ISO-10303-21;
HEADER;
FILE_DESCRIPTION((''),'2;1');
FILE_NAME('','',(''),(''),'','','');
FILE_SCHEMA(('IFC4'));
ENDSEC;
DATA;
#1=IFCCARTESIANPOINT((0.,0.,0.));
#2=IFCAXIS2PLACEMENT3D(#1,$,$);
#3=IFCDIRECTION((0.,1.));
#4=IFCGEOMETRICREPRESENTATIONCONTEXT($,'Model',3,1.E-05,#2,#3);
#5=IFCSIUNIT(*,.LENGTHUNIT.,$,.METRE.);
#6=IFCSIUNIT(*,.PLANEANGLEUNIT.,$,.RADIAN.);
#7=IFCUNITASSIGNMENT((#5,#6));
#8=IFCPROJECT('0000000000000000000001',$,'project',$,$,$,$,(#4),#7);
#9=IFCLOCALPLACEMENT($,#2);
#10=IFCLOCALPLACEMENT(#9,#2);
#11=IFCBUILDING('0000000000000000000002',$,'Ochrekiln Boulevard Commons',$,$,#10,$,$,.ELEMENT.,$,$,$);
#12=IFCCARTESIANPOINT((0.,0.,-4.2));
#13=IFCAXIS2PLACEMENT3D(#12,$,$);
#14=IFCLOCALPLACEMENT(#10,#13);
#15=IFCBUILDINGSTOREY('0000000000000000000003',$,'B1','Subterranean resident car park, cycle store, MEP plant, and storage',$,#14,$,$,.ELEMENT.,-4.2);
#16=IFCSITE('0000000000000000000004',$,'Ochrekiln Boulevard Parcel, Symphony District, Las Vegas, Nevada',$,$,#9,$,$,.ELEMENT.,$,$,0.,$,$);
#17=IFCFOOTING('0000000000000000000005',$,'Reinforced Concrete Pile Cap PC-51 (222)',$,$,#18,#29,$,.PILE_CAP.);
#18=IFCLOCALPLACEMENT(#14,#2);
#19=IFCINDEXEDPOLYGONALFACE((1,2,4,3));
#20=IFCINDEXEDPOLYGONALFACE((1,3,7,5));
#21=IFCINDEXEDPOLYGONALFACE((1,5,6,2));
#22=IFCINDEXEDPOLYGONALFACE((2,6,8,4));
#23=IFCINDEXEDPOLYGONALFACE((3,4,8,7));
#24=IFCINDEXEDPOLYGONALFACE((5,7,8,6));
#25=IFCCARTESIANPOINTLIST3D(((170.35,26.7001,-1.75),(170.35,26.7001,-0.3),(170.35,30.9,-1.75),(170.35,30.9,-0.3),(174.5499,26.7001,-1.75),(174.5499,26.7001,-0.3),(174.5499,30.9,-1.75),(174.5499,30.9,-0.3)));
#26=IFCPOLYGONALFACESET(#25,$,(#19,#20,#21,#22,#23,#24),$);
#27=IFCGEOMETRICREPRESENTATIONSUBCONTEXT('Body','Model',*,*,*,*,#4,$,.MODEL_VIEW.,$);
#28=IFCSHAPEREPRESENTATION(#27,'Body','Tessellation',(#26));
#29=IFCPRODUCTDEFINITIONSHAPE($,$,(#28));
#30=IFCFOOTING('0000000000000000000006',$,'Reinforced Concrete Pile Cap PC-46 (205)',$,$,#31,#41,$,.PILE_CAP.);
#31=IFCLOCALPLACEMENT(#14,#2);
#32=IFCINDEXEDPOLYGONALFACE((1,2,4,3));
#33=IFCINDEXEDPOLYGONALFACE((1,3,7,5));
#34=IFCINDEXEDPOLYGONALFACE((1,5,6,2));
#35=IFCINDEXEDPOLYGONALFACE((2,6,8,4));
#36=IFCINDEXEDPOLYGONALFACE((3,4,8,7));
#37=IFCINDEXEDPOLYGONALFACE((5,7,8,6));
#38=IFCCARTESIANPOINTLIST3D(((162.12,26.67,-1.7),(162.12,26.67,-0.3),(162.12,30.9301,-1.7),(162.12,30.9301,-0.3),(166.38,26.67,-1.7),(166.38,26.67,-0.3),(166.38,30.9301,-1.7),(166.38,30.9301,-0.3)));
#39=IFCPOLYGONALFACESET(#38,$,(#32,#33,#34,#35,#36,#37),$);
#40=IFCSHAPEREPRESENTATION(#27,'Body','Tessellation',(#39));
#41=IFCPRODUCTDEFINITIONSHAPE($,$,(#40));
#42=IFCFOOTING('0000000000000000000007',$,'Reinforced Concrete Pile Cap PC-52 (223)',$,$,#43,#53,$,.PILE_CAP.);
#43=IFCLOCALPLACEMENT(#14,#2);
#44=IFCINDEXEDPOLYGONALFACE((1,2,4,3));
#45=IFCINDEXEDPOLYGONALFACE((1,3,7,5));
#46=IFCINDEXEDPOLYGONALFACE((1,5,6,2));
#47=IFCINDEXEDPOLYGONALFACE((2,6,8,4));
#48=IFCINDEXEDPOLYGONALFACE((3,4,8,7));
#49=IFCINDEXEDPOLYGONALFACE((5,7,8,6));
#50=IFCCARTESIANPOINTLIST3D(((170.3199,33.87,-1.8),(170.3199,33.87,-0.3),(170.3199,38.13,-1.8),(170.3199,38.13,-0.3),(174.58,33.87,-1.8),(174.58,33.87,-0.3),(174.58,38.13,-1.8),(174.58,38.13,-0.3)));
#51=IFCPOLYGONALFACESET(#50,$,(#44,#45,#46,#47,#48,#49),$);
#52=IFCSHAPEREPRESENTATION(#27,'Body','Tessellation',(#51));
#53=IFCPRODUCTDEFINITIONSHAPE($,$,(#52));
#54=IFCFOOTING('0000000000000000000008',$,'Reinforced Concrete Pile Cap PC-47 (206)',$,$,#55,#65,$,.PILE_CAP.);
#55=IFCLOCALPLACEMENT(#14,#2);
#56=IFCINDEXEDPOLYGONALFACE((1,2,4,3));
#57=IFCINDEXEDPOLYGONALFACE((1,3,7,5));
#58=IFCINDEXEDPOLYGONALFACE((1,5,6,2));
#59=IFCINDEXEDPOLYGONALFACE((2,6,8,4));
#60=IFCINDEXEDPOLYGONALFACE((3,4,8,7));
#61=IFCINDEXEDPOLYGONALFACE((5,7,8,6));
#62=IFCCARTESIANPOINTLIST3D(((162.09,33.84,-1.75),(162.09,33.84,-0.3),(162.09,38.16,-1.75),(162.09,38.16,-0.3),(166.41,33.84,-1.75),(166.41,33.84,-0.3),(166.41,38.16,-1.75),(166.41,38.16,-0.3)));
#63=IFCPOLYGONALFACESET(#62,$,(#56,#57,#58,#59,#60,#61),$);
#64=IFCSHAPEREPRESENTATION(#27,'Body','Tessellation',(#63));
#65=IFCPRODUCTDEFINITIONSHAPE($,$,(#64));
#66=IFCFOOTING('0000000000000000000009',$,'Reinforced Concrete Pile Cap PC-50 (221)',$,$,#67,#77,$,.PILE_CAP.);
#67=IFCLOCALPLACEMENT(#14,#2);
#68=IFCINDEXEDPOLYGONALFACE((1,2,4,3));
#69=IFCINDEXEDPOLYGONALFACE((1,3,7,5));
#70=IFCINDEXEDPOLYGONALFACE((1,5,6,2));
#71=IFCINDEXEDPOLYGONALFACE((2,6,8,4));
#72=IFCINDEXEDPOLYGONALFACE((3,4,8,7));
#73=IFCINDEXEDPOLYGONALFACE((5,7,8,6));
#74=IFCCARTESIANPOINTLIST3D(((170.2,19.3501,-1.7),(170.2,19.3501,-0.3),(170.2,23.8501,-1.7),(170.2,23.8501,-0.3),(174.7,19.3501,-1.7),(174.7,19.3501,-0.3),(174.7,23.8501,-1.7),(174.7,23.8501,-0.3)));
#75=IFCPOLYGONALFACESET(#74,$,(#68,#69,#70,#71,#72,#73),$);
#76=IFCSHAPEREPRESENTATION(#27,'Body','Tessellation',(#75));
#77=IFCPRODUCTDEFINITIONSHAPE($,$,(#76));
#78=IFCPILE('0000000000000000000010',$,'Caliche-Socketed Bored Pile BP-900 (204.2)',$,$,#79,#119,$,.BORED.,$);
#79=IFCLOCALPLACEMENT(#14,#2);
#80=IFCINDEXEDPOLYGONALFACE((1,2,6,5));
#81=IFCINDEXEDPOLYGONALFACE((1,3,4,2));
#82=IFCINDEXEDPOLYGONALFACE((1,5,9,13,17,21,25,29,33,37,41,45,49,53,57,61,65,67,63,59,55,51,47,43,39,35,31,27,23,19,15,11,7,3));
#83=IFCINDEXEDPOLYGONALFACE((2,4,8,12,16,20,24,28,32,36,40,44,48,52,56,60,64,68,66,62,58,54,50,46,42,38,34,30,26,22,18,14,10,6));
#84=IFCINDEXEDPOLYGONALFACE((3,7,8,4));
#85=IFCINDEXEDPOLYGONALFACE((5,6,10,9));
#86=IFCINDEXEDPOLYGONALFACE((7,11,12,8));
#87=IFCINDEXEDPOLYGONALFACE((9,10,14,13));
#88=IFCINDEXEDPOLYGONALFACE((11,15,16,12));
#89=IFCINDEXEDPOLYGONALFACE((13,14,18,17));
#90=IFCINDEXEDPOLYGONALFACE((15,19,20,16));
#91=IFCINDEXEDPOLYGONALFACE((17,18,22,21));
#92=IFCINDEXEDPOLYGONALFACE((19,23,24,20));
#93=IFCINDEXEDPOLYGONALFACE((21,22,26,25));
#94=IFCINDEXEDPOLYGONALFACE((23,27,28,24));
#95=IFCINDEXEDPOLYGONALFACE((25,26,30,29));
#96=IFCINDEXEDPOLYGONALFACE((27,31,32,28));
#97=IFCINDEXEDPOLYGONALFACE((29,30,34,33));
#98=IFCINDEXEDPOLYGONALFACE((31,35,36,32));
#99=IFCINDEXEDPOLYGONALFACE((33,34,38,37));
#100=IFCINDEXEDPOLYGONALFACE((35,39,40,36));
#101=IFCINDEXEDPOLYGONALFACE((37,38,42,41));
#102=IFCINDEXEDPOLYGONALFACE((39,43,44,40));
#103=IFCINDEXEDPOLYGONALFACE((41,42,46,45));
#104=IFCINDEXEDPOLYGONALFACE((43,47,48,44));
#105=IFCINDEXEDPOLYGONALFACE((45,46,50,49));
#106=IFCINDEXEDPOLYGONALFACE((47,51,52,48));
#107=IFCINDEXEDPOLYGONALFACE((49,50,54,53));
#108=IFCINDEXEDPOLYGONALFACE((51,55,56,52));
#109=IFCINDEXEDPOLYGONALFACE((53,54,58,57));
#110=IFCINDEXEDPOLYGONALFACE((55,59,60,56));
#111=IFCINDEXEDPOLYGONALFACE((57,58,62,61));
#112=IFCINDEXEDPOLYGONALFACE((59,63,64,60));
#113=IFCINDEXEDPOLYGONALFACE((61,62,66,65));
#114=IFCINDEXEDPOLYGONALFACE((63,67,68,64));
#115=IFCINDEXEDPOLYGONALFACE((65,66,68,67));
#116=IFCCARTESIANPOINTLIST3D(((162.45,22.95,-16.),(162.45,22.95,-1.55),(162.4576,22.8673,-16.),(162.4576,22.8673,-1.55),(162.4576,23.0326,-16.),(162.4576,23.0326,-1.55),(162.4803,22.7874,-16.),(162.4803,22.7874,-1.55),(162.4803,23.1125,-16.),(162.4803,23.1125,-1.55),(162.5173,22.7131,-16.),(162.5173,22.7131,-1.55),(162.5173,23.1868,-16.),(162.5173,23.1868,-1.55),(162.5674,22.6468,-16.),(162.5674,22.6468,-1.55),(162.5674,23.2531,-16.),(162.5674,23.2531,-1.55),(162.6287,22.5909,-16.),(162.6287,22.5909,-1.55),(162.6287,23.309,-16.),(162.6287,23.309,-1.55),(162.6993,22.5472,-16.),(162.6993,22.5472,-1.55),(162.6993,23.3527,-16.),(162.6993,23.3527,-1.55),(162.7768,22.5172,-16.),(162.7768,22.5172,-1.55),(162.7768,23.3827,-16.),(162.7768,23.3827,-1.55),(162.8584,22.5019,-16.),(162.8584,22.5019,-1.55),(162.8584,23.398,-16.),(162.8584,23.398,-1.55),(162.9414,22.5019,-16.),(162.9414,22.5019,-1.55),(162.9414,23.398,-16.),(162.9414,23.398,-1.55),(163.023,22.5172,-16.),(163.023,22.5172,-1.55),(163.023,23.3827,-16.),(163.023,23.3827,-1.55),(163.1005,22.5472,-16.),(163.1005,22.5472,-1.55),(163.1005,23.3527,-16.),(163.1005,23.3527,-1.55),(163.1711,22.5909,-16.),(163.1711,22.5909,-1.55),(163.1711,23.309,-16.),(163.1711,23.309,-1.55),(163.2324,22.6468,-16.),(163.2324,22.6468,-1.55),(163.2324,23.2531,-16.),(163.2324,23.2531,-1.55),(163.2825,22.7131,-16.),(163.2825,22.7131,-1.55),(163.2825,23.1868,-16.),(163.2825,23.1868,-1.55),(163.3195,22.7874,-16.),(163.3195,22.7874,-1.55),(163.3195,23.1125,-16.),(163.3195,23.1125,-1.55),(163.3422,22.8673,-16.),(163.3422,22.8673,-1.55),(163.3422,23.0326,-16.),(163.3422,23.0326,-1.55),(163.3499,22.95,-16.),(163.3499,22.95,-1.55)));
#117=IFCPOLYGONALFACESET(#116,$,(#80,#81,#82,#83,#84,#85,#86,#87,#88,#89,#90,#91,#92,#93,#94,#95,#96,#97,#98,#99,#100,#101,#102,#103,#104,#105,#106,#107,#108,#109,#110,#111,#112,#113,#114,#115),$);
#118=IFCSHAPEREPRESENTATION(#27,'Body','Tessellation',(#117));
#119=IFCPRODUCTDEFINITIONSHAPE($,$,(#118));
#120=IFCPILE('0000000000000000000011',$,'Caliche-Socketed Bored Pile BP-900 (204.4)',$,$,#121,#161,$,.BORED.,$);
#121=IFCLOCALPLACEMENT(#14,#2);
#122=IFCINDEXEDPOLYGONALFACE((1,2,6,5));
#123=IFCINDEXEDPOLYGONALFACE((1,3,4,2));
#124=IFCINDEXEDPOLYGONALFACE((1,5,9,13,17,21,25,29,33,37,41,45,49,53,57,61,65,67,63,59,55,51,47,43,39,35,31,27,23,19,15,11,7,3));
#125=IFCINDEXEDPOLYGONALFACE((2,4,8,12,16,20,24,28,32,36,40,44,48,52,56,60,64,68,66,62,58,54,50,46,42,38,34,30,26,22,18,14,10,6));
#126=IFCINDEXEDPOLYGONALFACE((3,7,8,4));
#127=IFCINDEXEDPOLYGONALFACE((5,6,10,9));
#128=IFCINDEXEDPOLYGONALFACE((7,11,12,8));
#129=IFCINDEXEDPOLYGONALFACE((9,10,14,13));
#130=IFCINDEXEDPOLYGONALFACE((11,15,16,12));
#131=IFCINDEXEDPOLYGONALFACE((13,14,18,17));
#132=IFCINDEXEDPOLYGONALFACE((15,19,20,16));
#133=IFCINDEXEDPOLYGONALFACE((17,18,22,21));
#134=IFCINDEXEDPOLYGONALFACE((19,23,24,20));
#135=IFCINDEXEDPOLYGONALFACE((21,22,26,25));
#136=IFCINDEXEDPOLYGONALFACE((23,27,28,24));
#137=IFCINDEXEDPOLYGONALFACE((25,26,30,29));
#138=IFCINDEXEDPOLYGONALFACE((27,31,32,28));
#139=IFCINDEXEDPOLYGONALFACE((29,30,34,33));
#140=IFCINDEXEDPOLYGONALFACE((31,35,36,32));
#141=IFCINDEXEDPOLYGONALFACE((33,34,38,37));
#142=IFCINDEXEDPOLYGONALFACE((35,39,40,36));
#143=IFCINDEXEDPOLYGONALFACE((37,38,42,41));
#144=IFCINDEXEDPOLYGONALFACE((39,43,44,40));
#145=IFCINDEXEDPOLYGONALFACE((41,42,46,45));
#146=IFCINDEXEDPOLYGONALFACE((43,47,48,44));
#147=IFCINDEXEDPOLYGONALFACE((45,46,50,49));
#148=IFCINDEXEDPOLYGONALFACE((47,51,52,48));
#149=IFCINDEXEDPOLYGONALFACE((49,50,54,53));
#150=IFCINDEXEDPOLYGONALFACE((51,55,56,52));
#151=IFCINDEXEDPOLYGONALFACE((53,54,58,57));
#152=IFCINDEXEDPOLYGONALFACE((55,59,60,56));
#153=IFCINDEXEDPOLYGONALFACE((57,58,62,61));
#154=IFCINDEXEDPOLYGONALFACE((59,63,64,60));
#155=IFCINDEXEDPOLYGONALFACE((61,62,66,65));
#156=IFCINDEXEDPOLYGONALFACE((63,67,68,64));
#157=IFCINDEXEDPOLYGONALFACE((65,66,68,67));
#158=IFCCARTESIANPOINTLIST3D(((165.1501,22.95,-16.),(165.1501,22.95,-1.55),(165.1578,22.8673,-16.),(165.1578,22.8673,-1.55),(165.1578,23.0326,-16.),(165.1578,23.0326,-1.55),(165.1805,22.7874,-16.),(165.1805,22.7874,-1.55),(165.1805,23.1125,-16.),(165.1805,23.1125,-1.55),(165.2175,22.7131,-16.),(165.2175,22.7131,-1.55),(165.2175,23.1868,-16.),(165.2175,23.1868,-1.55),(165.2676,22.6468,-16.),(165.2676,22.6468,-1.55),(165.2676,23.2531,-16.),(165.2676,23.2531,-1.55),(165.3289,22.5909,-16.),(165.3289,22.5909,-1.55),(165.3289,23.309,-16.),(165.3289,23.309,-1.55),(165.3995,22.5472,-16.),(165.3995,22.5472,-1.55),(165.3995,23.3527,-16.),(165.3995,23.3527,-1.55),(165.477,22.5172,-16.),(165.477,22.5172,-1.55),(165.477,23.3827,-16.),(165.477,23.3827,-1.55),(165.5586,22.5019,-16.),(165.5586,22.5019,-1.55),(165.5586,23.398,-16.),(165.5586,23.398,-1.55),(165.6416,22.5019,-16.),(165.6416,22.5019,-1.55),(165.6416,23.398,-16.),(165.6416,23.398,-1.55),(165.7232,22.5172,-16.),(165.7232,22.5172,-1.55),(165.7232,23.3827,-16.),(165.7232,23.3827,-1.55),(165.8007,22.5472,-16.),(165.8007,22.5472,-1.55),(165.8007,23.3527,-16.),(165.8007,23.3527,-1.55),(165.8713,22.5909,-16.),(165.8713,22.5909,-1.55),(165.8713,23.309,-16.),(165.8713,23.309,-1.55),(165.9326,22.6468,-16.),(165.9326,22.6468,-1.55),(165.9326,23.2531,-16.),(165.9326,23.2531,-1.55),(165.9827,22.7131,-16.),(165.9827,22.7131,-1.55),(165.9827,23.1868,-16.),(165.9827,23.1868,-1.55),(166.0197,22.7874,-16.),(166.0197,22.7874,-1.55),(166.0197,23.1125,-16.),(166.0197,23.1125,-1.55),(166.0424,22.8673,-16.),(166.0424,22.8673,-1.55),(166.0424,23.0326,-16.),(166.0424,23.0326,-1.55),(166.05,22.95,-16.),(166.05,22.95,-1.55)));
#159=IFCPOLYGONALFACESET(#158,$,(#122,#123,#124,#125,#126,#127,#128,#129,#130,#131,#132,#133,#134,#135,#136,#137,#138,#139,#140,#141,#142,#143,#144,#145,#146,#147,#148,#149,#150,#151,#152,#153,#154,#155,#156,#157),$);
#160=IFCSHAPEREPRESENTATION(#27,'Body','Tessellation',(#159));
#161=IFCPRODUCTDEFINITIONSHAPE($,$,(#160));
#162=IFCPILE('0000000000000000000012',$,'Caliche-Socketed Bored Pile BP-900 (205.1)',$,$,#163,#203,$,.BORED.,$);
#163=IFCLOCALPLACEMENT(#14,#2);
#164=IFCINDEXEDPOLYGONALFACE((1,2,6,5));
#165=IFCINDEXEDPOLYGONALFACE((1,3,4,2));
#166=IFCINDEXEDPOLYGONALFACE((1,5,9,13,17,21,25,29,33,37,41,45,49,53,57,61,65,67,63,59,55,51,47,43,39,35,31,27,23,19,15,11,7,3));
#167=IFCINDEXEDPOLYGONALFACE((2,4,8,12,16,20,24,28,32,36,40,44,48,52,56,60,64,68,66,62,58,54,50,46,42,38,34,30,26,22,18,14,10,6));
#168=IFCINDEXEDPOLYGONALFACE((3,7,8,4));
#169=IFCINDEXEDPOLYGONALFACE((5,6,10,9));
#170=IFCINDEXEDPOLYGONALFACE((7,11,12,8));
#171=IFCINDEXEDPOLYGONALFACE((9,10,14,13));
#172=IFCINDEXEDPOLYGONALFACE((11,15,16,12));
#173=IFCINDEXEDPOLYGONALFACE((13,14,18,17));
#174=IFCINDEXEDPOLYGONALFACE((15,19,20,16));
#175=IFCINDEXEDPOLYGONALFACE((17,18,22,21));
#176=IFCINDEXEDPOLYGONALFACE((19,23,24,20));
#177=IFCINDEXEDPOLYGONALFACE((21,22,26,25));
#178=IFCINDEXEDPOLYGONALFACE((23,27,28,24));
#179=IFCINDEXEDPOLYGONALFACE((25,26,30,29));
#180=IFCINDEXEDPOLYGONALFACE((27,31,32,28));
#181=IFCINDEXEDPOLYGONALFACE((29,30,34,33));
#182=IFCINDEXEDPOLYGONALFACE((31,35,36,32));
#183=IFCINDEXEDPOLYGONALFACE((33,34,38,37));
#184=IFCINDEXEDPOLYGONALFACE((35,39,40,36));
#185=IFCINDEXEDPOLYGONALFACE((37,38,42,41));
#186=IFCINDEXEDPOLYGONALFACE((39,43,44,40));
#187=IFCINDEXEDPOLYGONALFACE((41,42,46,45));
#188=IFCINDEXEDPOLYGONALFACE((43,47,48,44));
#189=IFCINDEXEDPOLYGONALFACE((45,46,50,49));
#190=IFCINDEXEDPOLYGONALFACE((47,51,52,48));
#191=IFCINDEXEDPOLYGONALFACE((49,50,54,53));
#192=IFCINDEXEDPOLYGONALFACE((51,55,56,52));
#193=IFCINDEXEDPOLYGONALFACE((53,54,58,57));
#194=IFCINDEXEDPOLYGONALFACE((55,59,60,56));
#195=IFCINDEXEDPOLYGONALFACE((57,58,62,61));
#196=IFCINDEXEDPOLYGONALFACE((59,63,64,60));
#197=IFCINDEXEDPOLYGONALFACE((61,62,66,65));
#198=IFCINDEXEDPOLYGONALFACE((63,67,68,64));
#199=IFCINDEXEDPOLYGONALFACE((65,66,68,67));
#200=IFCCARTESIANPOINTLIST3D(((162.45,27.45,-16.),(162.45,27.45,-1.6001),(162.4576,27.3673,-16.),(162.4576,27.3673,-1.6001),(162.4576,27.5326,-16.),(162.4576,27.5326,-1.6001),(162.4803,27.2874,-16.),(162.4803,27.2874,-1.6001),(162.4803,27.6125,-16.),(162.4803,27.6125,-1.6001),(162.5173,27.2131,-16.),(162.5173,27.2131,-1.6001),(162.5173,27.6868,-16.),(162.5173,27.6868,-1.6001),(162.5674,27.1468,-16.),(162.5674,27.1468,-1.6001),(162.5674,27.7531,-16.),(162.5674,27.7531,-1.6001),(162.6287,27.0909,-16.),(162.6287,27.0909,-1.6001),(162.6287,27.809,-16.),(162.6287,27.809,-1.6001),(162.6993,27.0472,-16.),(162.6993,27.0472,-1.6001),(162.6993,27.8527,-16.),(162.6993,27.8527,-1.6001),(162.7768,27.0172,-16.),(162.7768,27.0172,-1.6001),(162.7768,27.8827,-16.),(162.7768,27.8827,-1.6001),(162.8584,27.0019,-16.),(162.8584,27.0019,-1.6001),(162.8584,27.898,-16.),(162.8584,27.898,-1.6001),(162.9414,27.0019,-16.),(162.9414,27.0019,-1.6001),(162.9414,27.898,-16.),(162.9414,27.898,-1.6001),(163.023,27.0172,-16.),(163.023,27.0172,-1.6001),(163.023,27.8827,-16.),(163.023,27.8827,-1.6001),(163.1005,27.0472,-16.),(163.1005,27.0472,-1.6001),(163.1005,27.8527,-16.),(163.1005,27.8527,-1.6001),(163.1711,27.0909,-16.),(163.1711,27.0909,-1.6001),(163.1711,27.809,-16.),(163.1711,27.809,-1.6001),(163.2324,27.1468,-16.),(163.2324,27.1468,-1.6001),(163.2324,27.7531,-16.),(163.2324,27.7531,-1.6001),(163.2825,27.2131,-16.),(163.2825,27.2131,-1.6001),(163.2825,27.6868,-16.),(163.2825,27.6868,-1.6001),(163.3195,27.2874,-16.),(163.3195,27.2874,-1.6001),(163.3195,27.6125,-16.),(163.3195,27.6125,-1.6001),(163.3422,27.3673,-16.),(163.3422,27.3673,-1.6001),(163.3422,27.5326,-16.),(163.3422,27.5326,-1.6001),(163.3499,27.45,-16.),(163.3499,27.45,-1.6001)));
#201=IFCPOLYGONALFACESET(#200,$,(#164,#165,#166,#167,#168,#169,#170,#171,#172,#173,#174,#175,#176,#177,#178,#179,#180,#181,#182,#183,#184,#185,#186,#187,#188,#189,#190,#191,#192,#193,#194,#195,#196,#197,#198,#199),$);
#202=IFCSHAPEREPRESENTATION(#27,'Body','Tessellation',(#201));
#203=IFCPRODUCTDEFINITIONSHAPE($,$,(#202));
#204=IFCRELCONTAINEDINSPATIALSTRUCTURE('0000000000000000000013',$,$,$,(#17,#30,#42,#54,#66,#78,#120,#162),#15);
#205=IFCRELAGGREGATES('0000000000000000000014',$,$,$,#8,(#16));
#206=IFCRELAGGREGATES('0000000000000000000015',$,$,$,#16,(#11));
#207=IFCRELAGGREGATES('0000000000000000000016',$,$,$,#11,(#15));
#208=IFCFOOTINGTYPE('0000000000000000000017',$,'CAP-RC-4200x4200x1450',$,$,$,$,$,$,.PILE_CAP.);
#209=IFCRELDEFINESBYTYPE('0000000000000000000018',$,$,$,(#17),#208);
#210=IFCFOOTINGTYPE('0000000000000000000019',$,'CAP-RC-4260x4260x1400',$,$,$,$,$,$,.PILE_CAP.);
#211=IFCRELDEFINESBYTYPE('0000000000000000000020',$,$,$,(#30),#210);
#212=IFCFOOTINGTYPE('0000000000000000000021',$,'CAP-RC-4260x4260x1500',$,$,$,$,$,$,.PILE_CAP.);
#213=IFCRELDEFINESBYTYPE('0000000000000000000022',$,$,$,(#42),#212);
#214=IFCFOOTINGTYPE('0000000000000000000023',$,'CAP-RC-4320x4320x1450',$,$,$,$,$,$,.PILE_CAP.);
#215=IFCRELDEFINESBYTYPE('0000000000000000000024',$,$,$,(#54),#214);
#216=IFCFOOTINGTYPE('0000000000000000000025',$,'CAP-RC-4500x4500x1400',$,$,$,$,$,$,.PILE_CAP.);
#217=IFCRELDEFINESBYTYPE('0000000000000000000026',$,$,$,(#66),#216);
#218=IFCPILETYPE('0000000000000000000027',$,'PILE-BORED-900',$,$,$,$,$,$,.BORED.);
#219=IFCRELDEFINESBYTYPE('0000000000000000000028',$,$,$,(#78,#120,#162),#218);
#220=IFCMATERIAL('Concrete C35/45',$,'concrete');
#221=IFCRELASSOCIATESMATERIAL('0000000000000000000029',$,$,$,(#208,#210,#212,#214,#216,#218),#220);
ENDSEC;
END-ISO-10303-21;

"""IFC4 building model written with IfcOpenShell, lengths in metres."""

from ifc_helpers import new_model, si_unit, direction, frame, origin, origin_2d, place, context, subcontext, project, spatial, rectangle, circle, extrude, material, material_profile, profile_set, type_object, element, save


model = new_model("IFC4")

# Units and contexts
model_context = context("Model", 3, precision=1e-05, world=origin(), true_north=direction((0.0, 1.0)))
body_context = subcontext(model_context, "Body", "Model", "MODEL_VIEW")
ifc_project = project(units=[si_unit("LENGTHUNIT", "METRE"), si_unit("PLANEANGLEUNIT", "RADIAN")], contexts=[model_context])

# Site, building, storey
site_placement = place(None, origin())
site = spatial("IfcSite", under=ifc_project, at=site_placement, Name="Ochrekiln Boulevard Parcel, Symphony District, Las Vegas, Nevada", CompositionType="ELEMENT", RefElevation=0.0)
building_placement = place(site_placement, origin())
building = spatial("IfcBuilding", under=site, at=building_placement, Name="Ochrekiln Boulevard Commons", CompositionType="ELEMENT")
storey_placement = place(building_placement, frame((0.0, 0.0, -4.2)))
storey = spatial("IfcBuildingStorey", under=building, at=storey_placement, Name="B1", Description="Subterranean resident car park, cycle store, MEP plant, and storage", CompositionType="ELEMENT", Elevation=-4.2)

# Footings
ifc_material_1 = material(Name="Concrete C35/45", Category="concrete")
footing_type_1 = type_object("IfcFootingType", Name="CAP-RC-4200x4200x1450", PredefinedType="PILE_CAP", material=ifc_material_1)
footing_1_placement = place(storey_placement, frame((172.45, 28.8, -1.75), z_axis=(0.0, 0.0, 1.0), x_axis=(1.0, 0.0, 0.0)))
element("IfcFooting", 1, at=footing_1_placement, inside=storey, type_object=footing_type_1, Name="Reinforced Concrete Pile Cap PC-51 (222)", PredefinedType="PILE_CAP", context=body_context, shape_type="SweptSolid", body=[
    extrude(rectangle(XDim=4.2, YDim=4.2, at=origin_2d()), origin(), (0.0, 0.0, 1.0), 1.45),
])
footing_type_2 = type_object("IfcFootingType", Name="CAP-RC-4260x4260x1400", PredefinedType="PILE_CAP", material=ifc_material_1)
footing_2_placement = place(storey_placement, frame((164.25, 28.8, -1.7), z_axis=(0.0, 0.0, 1.0), x_axis=(1.0, 0.0, 0.0)))
element("IfcFooting", 2, at=footing_2_placement, inside=storey, type_object=footing_type_2, Name="Reinforced Concrete Pile Cap PC-46 (205)", PredefinedType="PILE_CAP", context=body_context, shape_type="SweptSolid", body=[
    extrude(rectangle(XDim=4.26, YDim=4.26, at=origin_2d()), origin(), (0.0, 0.0, 1.0), 1.3999),
])
footing_type_3 = type_object("IfcFootingType", Name="CAP-RC-4260x4260x1500", PredefinedType="PILE_CAP", material=ifc_material_1)
footing_3_placement = place(storey_placement, frame((172.45, 36.0, -1.8), z_axis=(0.0, 0.0, 1.0), x_axis=(1.0, 0.0, 0.0)))
element("IfcFooting", 3, at=footing_3_placement, inside=storey, type_object=footing_type_3, Name="Reinforced Concrete Pile Cap PC-52 (223)", PredefinedType="PILE_CAP", context=body_context, shape_type="SweptSolid", body=[
    extrude(rectangle(XDim=4.26, YDim=4.26, at=origin_2d()), origin(), (0.0, 0.0, 1.0), 1.5),
])
footing_type_4 = type_object("IfcFootingType", Name="CAP-RC-4320x4320x1450", PredefinedType="PILE_CAP", material=ifc_material_1)
footing_4_placement = place(storey_placement, frame((164.25, 36.0, -1.75), z_axis=(0.0, 0.0, 1.0), x_axis=(1.0, 0.0, 0.0)))
element("IfcFooting", 4, at=footing_4_placement, inside=storey, type_object=footing_type_4, Name="Reinforced Concrete Pile Cap PC-47 (206)", PredefinedType="PILE_CAP", context=body_context, shape_type="SweptSolid", body=[
    extrude(rectangle(XDim=4.3201, YDim=4.3201, at=origin_2d()), origin(), (0.0, 0.0, 1.0), 1.45),
])
footing_type_5 = type_object("IfcFootingType", Name="CAP-RC-4500x4500x1400", PredefinedType="PILE_CAP", material=ifc_material_1)
footing_5_placement = place(storey_placement, frame((172.45, 21.6001, -1.7), z_axis=(0.0, 0.0, 1.0), x_axis=(1.0, 0.0, 0.0)))
element("IfcFooting", 5, at=footing_5_placement, inside=storey, type_object=footing_type_5, Name="Reinforced Concrete Pile Cap PC-50 (221)", PredefinedType="PILE_CAP", context=body_context, shape_type="SweptSolid", body=[
    extrude(rectangle(XDim=4.5, YDim=4.5, at=origin_2d()), origin(), (0.0, 0.0, 1.0), 1.3999),
])

# Piles
ifc_material_profile_1 = material_profile(ifc_material_1, circle(Radius=0.45, at=origin_2d()), Name="PILE-D900")
ifc_profile_set_1 = profile_set([ifc_material_profile_1], Name="Concrete C35/45")
pile_type = type_object("IfcPileType", Name="PILE-BORED-900", PredefinedType="BORED", material=ifc_profile_set_1)
for number, where, z_axis, x_axis, name in (
    (6, (162.8999, 22.95, -1.55), (0.0, 0.0, -1.0), (1.0, 0.0, 0.0), "Caliche-Socketed Bored Pile BP-900 (204.2)"),
    (7, (165.6001, 22.95, -1.55), (0.0, 0.0, -1.0), (1.0, 0.0, 0.0), "Caliche-Socketed Bored Pile BP-900 (204.4)"),
):
    element("IfcPile", number, at=place(storey_placement, frame(where, z_axis=z_axis, x_axis=x_axis)), inside=storey, type_object=pile_type, Name=name, PredefinedType="BORED", context=body_context, shape_type="SweptSolid", body=[
        extrude(circle(Radius=0.45, at=origin_2d()), origin(), (0.0, 0.0, 1.0), 14.45),
    ])
for number, where, z_axis, x_axis, name in (
    (8, (162.8999, 27.45, -1.6001), (0.0, 0.0, -1.0), (1.0, 0.0, 0.0), "Caliche-Socketed Bored Pile BP-900 (205.1)"),
):
    element("IfcPile", number, at=place(storey_placement, frame(where, z_axis=z_axis, x_axis=x_axis)), inside=storey, type_object=pile_type, Name=name, PredefinedType="BORED", context=body_context, shape_type="SweptSolid", body=[
        extrude(circle(Radius=0.45, at=origin_2d()), origin(), (0.0, 0.0, 1.0), 14.3999),
    ])

save(model, "model.ifc")
